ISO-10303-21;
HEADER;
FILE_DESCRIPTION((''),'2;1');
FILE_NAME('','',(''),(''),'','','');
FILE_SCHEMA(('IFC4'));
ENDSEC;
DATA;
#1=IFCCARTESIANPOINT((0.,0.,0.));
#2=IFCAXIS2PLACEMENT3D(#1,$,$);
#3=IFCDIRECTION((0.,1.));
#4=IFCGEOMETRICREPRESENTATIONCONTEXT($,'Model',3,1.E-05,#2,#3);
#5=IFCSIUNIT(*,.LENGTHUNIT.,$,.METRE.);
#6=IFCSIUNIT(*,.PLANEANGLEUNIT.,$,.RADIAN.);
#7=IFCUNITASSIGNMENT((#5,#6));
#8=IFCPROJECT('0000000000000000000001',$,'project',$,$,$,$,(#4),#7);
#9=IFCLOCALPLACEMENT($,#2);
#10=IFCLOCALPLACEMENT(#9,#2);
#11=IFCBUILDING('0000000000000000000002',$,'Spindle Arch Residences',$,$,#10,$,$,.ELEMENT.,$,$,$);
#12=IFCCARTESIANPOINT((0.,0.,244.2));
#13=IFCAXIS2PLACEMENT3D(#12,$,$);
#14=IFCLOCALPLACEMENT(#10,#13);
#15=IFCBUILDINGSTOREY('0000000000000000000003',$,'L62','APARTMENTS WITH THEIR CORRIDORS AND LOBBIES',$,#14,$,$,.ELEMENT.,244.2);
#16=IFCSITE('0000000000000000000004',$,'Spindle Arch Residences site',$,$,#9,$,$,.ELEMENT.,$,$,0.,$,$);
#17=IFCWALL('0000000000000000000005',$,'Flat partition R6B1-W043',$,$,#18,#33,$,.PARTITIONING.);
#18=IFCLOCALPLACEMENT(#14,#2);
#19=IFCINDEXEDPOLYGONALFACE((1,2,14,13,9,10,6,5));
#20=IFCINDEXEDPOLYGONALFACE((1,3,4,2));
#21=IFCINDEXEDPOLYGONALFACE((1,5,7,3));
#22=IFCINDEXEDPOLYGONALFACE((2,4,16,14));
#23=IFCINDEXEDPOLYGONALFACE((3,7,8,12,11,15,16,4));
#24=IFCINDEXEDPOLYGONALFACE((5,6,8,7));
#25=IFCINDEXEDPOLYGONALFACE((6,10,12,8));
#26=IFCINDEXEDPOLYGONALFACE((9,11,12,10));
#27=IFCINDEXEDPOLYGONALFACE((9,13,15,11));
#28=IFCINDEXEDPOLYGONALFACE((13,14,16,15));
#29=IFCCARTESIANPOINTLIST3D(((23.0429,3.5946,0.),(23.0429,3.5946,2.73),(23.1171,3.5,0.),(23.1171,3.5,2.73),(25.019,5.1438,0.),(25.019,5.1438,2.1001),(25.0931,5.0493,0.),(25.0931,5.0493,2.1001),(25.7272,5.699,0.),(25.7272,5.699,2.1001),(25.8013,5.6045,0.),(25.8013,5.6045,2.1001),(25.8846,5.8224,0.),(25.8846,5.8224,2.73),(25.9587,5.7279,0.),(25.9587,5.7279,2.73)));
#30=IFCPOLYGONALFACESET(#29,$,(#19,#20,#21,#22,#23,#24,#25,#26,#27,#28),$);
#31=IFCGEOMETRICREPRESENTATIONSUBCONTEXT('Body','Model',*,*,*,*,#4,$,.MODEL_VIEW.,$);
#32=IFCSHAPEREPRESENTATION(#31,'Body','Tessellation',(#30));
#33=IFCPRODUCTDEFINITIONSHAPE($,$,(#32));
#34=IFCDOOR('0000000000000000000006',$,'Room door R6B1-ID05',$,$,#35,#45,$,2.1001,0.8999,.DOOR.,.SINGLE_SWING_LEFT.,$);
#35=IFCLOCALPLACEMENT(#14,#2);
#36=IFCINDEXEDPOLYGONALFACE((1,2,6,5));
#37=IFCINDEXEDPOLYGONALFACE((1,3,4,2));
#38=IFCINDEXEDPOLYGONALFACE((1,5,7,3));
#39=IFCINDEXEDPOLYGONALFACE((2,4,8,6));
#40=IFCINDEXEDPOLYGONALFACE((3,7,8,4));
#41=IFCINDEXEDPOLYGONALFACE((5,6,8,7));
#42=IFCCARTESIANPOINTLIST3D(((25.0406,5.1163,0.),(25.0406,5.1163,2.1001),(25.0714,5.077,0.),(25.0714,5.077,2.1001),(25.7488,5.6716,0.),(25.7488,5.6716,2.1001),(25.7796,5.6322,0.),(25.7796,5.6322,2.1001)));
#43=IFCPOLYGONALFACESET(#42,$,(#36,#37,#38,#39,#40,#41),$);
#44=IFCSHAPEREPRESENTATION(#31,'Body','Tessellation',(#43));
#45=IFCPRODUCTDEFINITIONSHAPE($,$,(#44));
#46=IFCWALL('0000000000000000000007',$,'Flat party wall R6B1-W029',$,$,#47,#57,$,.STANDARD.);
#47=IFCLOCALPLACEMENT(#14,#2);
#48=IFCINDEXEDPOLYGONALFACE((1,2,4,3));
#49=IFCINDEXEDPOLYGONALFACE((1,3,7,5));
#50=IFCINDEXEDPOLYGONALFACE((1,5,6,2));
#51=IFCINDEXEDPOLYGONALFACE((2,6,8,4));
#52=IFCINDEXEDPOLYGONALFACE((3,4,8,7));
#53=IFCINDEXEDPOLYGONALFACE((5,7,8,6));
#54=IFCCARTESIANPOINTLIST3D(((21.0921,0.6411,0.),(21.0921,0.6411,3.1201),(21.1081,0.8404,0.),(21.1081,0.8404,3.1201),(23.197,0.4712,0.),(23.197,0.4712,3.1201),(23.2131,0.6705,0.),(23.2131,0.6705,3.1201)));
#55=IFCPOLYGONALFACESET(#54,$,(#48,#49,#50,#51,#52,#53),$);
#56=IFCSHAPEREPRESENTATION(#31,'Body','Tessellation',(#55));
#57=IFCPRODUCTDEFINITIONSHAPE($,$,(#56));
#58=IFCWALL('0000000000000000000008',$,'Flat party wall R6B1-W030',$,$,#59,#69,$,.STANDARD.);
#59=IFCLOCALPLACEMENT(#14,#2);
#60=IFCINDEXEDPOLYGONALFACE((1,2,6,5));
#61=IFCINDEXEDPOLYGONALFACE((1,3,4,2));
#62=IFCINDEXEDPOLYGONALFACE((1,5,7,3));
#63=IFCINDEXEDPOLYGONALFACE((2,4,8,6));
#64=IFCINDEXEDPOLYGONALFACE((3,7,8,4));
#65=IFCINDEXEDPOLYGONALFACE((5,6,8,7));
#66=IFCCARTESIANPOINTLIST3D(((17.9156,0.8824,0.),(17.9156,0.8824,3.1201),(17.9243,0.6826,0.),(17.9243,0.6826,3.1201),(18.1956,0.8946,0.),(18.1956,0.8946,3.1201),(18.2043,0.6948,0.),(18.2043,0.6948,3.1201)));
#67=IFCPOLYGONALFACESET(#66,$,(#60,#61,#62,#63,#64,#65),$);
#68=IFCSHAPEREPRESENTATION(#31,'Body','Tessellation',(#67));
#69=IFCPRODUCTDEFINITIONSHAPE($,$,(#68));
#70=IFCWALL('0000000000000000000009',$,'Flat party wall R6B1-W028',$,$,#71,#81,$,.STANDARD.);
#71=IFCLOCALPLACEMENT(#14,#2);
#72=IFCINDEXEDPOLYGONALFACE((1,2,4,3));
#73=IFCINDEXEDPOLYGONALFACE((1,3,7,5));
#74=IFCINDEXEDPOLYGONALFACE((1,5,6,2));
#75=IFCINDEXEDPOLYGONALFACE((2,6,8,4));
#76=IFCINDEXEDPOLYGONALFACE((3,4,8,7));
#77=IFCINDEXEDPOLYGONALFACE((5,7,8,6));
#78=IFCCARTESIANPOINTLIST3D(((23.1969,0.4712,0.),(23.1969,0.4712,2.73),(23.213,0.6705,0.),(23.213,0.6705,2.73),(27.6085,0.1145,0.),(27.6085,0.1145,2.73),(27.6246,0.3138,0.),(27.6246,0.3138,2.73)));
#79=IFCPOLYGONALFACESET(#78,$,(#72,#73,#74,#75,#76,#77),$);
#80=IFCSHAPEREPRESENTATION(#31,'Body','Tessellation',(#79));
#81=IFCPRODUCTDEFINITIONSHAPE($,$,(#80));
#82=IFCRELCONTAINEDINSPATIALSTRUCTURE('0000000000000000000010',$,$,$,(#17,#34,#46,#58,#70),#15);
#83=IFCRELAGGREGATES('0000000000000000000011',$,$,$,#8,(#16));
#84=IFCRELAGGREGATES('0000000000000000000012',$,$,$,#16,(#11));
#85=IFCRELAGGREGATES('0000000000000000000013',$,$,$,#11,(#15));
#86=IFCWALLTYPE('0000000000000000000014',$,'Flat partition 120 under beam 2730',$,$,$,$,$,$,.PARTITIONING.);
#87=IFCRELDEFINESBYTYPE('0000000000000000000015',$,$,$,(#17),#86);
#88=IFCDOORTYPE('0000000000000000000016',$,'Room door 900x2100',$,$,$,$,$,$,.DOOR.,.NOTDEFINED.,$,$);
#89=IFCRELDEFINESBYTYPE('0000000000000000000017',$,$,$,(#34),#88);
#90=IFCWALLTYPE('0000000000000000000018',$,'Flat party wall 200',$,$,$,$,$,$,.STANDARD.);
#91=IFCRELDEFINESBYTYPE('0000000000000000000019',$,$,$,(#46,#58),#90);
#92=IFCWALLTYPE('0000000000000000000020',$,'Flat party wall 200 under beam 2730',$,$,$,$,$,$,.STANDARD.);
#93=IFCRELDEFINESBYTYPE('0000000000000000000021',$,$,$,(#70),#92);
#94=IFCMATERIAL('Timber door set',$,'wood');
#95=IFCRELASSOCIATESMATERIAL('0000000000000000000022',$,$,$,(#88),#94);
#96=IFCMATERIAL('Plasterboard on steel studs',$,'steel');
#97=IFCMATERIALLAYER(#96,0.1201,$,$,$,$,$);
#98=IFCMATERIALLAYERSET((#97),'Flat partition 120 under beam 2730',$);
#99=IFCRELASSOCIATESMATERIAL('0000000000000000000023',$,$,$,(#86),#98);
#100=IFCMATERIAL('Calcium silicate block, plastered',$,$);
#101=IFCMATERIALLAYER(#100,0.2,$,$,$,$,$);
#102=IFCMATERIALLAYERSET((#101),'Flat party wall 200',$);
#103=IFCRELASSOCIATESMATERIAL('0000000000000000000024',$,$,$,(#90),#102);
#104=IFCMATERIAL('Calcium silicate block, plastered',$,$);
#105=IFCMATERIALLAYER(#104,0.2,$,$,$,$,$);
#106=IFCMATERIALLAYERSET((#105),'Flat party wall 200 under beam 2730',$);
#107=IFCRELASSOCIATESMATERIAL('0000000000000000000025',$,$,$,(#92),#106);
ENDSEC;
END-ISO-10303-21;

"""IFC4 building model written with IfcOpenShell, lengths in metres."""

from ifc_helpers import new_model, si_unit, direction, frame, frame_2d, origin, place, context, subcontext, project, spatial, rectangle, extrude, material, layer, layer_set, type_object, element, fill, save


model = new_model("IFC4")

# Units and contexts
model_context = context("Model", 3, precision=1e-05, world=origin(), true_north=direction((0.0, 1.0)))
body_context = subcontext(model_context, "Body", "Model", "MODEL_VIEW")
ifc_project = project(units=[si_unit("LENGTHUNIT", "METRE"), si_unit("PLANEANGLEUNIT", "RADIAN")], contexts=[model_context])

# Site, building, storey
site_placement = place(None, origin())
site = spatial("IfcSite", under=ifc_project, at=site_placement, Name="Spindle Arch Residences site", CompositionType="ELEMENT", RefElevation=0.0)
building_placement = place(site_placement, origin())
building = spatial("IfcBuilding", under=site, at=building_placement, Name="Spindle Arch Residences", CompositionType="ELEMENT")
storey_placement = place(building_placement, frame((0.0, 0.0, 244.2)))
storey = spatial("IfcBuildingStorey", under=building, at=storey_placement, Name="L62", Description="APARTMENTS WITH THEIR CORRIDORS AND LOBBIES", CompositionType="ELEMENT", Elevation=244.2)

# Shared definitions
ifc_material_1 = material(Name="Timber door set", Category="wood")
door_type_1 = type_object("IfcDoorType", Name="Room door 900x2100", OperationType="NOTDEFINED", PredefinedType="DOOR", material=ifc_material_1)

# Wall, opening, door
ifc_material_2 = material(Name="Plasterboard on steel studs", Category="steel")
ifc_layer_1 = layer(ifc_material_2, 0.1201)
ifc_layer_set_1 = layer_set([ifc_layer_1], Name="Flat partition 120 under beam 2730")
wall_type_1 = type_object("IfcWallType", Name="Flat partition 120 under beam 2730", PredefinedType="PARTITIONING", material=ifc_layer_set_1)
wall_1_placement = place(storey_placement, frame((25.9216, 5.7751, 0.0), z_axis=(0.0, 0.0, 1.0), x_axis=(-0.786973, -0.616988, 0.0)))
wall_1 = element("IfcWall", 1, at=wall_1_placement, inside=storey, type_object=wall_type_1, Name="Flat partition R6B1-W043", PredefinedType="PARTITIONING", context=body_context, shape_type="SweptSolid", body=[
    extrude(rectangle(XDim=3.6108, YDim=0.1201, at=frame_2d((1.8054, 0.0))), origin(), (0.0, 0.0, 1.0), 2.73),
])
opening_1_placement = place(wall_1_placement, frame((0.2, 0.0, 0.0)))
opening_1 = element("IfcOpeningElement", 2, at=opening_1_placement, cuts=wall_1, PredefinedType="OPENING", context=body_context, shape_type="SweptSolid", body=[
    extrude(rectangle(XDim=0.8999, YDim=2.1001, at=frame_2d((0.45, 1.05))), frame((0.0, 0.0701, 0.0), z_axis=(0.0, -1.0, 0.0), x_axis=(1.0, 0.0, 0.0)), (0.0, 0.0, 1.0), 0.1401),
])
door_1_placement = place(opening_1_placement, origin())
door_1 = element("IfcDoor", 3, at=door_1_placement, inside=storey, type_object=door_type_1, Name="Room door R6B1-ID05", OperationType="SINGLE_SWING_LEFT", OverallHeight=2.1001, OverallWidth=0.8999, PredefinedType="DOOR", context=body_context, shape_type="SweptSolid", body=[
    extrude(rectangle(XDim=0.8999, YDim=2.1001, at=frame_2d((0.45, 1.05))), frame((0.0, 0.0249, 0.0), z_axis=(0.0, -1.0, 0.0), x_axis=(1.0, 0.0, 0.0)), (0.0, 0.0, 1.0), 0.05),
])
fill(opening_1, door_1)

# Walls
ifc_material_3 = material(Name="Calcium silicate block, plastered")
ifc_layer_2 = layer(ifc_material_3, 0.2)
ifc_layer_set_2 = layer_set([ifc_layer_2], Name="Flat party wall 200")
wall_type_2 = type_object("IfcWallType", Name="Flat party wall 200", PredefinedType="STANDARD", material=ifc_layer_set_2)
wall_2_placement = place(storey_placement, frame((21.1001, 0.7407, 0.0), z_axis=(0.0, 0.0, 1.0), x_axis=(0.996758, -0.080462, 0.0)))
element("IfcWall", 4, at=wall_2_placement, inside=storey, type_object=wall_type_2, Name="Flat party wall R6B1-W029", PredefinedType="STANDARD", context=body_context, shape_type="SweptSolid", body=[
    extrude(rectangle(XDim=2.1118, YDim=0.2, at=frame_2d((1.0559, 0.0))), origin(), (0.0, 0.0, 1.0), 3.1201),
])
wall_3_placement = place(storey_placement, frame((17.9199, 0.7825, 0.0), z_axis=(0.0, 0.0, 1.0), x_axis=(0.999051, 0.043551, 0.0)))
element("IfcWall", 5, at=wall_3_placement, inside=storey, type_object=wall_type_2, Name="Flat party wall R6B1-W030", PredefinedType="STANDARD", context=body_context, shape_type="SweptSolid", body=[
    extrude(rectangle(XDim=0.2803, YDim=0.2, at=frame_2d((0.1401, 0.0))), origin(), (0.0, 0.0, 1.0), 3.1201),
])
ifc_material_4 = material(Name="Calcium silicate block, plastered")
ifc_layer_3 = layer(ifc_material_4, 0.2)
ifc_layer_set_3 = layer_set([ifc_layer_3], Name="Flat party wall 200 under beam 2730")
wall_type_3 = type_object("IfcWallType", Name="Flat party wall 200 under beam 2730", PredefinedType="STANDARD", material=ifc_layer_set_3)
wall_4_placement = place(storey_placement, frame((23.2051, 0.5708, 0.0), z_axis=(0.0, 0.0, 1.0), x_axis=(0.996747, -0.080589, 0.0)))
element("IfcWall", 6, at=wall_4_placement, inside=storey, type_object=wall_type_3, Name="Flat party wall R6B1-W028", PredefinedType="STANDARD", context=body_context, shape_type="SweptSolid", body=[
    extrude(rectangle(XDim=4.426, YDim=0.2, at=frame_2d((2.2129, 0.0))), origin(), (0.0, 0.0, 1.0), 2.73),
])

save(model, "model.ifc")
